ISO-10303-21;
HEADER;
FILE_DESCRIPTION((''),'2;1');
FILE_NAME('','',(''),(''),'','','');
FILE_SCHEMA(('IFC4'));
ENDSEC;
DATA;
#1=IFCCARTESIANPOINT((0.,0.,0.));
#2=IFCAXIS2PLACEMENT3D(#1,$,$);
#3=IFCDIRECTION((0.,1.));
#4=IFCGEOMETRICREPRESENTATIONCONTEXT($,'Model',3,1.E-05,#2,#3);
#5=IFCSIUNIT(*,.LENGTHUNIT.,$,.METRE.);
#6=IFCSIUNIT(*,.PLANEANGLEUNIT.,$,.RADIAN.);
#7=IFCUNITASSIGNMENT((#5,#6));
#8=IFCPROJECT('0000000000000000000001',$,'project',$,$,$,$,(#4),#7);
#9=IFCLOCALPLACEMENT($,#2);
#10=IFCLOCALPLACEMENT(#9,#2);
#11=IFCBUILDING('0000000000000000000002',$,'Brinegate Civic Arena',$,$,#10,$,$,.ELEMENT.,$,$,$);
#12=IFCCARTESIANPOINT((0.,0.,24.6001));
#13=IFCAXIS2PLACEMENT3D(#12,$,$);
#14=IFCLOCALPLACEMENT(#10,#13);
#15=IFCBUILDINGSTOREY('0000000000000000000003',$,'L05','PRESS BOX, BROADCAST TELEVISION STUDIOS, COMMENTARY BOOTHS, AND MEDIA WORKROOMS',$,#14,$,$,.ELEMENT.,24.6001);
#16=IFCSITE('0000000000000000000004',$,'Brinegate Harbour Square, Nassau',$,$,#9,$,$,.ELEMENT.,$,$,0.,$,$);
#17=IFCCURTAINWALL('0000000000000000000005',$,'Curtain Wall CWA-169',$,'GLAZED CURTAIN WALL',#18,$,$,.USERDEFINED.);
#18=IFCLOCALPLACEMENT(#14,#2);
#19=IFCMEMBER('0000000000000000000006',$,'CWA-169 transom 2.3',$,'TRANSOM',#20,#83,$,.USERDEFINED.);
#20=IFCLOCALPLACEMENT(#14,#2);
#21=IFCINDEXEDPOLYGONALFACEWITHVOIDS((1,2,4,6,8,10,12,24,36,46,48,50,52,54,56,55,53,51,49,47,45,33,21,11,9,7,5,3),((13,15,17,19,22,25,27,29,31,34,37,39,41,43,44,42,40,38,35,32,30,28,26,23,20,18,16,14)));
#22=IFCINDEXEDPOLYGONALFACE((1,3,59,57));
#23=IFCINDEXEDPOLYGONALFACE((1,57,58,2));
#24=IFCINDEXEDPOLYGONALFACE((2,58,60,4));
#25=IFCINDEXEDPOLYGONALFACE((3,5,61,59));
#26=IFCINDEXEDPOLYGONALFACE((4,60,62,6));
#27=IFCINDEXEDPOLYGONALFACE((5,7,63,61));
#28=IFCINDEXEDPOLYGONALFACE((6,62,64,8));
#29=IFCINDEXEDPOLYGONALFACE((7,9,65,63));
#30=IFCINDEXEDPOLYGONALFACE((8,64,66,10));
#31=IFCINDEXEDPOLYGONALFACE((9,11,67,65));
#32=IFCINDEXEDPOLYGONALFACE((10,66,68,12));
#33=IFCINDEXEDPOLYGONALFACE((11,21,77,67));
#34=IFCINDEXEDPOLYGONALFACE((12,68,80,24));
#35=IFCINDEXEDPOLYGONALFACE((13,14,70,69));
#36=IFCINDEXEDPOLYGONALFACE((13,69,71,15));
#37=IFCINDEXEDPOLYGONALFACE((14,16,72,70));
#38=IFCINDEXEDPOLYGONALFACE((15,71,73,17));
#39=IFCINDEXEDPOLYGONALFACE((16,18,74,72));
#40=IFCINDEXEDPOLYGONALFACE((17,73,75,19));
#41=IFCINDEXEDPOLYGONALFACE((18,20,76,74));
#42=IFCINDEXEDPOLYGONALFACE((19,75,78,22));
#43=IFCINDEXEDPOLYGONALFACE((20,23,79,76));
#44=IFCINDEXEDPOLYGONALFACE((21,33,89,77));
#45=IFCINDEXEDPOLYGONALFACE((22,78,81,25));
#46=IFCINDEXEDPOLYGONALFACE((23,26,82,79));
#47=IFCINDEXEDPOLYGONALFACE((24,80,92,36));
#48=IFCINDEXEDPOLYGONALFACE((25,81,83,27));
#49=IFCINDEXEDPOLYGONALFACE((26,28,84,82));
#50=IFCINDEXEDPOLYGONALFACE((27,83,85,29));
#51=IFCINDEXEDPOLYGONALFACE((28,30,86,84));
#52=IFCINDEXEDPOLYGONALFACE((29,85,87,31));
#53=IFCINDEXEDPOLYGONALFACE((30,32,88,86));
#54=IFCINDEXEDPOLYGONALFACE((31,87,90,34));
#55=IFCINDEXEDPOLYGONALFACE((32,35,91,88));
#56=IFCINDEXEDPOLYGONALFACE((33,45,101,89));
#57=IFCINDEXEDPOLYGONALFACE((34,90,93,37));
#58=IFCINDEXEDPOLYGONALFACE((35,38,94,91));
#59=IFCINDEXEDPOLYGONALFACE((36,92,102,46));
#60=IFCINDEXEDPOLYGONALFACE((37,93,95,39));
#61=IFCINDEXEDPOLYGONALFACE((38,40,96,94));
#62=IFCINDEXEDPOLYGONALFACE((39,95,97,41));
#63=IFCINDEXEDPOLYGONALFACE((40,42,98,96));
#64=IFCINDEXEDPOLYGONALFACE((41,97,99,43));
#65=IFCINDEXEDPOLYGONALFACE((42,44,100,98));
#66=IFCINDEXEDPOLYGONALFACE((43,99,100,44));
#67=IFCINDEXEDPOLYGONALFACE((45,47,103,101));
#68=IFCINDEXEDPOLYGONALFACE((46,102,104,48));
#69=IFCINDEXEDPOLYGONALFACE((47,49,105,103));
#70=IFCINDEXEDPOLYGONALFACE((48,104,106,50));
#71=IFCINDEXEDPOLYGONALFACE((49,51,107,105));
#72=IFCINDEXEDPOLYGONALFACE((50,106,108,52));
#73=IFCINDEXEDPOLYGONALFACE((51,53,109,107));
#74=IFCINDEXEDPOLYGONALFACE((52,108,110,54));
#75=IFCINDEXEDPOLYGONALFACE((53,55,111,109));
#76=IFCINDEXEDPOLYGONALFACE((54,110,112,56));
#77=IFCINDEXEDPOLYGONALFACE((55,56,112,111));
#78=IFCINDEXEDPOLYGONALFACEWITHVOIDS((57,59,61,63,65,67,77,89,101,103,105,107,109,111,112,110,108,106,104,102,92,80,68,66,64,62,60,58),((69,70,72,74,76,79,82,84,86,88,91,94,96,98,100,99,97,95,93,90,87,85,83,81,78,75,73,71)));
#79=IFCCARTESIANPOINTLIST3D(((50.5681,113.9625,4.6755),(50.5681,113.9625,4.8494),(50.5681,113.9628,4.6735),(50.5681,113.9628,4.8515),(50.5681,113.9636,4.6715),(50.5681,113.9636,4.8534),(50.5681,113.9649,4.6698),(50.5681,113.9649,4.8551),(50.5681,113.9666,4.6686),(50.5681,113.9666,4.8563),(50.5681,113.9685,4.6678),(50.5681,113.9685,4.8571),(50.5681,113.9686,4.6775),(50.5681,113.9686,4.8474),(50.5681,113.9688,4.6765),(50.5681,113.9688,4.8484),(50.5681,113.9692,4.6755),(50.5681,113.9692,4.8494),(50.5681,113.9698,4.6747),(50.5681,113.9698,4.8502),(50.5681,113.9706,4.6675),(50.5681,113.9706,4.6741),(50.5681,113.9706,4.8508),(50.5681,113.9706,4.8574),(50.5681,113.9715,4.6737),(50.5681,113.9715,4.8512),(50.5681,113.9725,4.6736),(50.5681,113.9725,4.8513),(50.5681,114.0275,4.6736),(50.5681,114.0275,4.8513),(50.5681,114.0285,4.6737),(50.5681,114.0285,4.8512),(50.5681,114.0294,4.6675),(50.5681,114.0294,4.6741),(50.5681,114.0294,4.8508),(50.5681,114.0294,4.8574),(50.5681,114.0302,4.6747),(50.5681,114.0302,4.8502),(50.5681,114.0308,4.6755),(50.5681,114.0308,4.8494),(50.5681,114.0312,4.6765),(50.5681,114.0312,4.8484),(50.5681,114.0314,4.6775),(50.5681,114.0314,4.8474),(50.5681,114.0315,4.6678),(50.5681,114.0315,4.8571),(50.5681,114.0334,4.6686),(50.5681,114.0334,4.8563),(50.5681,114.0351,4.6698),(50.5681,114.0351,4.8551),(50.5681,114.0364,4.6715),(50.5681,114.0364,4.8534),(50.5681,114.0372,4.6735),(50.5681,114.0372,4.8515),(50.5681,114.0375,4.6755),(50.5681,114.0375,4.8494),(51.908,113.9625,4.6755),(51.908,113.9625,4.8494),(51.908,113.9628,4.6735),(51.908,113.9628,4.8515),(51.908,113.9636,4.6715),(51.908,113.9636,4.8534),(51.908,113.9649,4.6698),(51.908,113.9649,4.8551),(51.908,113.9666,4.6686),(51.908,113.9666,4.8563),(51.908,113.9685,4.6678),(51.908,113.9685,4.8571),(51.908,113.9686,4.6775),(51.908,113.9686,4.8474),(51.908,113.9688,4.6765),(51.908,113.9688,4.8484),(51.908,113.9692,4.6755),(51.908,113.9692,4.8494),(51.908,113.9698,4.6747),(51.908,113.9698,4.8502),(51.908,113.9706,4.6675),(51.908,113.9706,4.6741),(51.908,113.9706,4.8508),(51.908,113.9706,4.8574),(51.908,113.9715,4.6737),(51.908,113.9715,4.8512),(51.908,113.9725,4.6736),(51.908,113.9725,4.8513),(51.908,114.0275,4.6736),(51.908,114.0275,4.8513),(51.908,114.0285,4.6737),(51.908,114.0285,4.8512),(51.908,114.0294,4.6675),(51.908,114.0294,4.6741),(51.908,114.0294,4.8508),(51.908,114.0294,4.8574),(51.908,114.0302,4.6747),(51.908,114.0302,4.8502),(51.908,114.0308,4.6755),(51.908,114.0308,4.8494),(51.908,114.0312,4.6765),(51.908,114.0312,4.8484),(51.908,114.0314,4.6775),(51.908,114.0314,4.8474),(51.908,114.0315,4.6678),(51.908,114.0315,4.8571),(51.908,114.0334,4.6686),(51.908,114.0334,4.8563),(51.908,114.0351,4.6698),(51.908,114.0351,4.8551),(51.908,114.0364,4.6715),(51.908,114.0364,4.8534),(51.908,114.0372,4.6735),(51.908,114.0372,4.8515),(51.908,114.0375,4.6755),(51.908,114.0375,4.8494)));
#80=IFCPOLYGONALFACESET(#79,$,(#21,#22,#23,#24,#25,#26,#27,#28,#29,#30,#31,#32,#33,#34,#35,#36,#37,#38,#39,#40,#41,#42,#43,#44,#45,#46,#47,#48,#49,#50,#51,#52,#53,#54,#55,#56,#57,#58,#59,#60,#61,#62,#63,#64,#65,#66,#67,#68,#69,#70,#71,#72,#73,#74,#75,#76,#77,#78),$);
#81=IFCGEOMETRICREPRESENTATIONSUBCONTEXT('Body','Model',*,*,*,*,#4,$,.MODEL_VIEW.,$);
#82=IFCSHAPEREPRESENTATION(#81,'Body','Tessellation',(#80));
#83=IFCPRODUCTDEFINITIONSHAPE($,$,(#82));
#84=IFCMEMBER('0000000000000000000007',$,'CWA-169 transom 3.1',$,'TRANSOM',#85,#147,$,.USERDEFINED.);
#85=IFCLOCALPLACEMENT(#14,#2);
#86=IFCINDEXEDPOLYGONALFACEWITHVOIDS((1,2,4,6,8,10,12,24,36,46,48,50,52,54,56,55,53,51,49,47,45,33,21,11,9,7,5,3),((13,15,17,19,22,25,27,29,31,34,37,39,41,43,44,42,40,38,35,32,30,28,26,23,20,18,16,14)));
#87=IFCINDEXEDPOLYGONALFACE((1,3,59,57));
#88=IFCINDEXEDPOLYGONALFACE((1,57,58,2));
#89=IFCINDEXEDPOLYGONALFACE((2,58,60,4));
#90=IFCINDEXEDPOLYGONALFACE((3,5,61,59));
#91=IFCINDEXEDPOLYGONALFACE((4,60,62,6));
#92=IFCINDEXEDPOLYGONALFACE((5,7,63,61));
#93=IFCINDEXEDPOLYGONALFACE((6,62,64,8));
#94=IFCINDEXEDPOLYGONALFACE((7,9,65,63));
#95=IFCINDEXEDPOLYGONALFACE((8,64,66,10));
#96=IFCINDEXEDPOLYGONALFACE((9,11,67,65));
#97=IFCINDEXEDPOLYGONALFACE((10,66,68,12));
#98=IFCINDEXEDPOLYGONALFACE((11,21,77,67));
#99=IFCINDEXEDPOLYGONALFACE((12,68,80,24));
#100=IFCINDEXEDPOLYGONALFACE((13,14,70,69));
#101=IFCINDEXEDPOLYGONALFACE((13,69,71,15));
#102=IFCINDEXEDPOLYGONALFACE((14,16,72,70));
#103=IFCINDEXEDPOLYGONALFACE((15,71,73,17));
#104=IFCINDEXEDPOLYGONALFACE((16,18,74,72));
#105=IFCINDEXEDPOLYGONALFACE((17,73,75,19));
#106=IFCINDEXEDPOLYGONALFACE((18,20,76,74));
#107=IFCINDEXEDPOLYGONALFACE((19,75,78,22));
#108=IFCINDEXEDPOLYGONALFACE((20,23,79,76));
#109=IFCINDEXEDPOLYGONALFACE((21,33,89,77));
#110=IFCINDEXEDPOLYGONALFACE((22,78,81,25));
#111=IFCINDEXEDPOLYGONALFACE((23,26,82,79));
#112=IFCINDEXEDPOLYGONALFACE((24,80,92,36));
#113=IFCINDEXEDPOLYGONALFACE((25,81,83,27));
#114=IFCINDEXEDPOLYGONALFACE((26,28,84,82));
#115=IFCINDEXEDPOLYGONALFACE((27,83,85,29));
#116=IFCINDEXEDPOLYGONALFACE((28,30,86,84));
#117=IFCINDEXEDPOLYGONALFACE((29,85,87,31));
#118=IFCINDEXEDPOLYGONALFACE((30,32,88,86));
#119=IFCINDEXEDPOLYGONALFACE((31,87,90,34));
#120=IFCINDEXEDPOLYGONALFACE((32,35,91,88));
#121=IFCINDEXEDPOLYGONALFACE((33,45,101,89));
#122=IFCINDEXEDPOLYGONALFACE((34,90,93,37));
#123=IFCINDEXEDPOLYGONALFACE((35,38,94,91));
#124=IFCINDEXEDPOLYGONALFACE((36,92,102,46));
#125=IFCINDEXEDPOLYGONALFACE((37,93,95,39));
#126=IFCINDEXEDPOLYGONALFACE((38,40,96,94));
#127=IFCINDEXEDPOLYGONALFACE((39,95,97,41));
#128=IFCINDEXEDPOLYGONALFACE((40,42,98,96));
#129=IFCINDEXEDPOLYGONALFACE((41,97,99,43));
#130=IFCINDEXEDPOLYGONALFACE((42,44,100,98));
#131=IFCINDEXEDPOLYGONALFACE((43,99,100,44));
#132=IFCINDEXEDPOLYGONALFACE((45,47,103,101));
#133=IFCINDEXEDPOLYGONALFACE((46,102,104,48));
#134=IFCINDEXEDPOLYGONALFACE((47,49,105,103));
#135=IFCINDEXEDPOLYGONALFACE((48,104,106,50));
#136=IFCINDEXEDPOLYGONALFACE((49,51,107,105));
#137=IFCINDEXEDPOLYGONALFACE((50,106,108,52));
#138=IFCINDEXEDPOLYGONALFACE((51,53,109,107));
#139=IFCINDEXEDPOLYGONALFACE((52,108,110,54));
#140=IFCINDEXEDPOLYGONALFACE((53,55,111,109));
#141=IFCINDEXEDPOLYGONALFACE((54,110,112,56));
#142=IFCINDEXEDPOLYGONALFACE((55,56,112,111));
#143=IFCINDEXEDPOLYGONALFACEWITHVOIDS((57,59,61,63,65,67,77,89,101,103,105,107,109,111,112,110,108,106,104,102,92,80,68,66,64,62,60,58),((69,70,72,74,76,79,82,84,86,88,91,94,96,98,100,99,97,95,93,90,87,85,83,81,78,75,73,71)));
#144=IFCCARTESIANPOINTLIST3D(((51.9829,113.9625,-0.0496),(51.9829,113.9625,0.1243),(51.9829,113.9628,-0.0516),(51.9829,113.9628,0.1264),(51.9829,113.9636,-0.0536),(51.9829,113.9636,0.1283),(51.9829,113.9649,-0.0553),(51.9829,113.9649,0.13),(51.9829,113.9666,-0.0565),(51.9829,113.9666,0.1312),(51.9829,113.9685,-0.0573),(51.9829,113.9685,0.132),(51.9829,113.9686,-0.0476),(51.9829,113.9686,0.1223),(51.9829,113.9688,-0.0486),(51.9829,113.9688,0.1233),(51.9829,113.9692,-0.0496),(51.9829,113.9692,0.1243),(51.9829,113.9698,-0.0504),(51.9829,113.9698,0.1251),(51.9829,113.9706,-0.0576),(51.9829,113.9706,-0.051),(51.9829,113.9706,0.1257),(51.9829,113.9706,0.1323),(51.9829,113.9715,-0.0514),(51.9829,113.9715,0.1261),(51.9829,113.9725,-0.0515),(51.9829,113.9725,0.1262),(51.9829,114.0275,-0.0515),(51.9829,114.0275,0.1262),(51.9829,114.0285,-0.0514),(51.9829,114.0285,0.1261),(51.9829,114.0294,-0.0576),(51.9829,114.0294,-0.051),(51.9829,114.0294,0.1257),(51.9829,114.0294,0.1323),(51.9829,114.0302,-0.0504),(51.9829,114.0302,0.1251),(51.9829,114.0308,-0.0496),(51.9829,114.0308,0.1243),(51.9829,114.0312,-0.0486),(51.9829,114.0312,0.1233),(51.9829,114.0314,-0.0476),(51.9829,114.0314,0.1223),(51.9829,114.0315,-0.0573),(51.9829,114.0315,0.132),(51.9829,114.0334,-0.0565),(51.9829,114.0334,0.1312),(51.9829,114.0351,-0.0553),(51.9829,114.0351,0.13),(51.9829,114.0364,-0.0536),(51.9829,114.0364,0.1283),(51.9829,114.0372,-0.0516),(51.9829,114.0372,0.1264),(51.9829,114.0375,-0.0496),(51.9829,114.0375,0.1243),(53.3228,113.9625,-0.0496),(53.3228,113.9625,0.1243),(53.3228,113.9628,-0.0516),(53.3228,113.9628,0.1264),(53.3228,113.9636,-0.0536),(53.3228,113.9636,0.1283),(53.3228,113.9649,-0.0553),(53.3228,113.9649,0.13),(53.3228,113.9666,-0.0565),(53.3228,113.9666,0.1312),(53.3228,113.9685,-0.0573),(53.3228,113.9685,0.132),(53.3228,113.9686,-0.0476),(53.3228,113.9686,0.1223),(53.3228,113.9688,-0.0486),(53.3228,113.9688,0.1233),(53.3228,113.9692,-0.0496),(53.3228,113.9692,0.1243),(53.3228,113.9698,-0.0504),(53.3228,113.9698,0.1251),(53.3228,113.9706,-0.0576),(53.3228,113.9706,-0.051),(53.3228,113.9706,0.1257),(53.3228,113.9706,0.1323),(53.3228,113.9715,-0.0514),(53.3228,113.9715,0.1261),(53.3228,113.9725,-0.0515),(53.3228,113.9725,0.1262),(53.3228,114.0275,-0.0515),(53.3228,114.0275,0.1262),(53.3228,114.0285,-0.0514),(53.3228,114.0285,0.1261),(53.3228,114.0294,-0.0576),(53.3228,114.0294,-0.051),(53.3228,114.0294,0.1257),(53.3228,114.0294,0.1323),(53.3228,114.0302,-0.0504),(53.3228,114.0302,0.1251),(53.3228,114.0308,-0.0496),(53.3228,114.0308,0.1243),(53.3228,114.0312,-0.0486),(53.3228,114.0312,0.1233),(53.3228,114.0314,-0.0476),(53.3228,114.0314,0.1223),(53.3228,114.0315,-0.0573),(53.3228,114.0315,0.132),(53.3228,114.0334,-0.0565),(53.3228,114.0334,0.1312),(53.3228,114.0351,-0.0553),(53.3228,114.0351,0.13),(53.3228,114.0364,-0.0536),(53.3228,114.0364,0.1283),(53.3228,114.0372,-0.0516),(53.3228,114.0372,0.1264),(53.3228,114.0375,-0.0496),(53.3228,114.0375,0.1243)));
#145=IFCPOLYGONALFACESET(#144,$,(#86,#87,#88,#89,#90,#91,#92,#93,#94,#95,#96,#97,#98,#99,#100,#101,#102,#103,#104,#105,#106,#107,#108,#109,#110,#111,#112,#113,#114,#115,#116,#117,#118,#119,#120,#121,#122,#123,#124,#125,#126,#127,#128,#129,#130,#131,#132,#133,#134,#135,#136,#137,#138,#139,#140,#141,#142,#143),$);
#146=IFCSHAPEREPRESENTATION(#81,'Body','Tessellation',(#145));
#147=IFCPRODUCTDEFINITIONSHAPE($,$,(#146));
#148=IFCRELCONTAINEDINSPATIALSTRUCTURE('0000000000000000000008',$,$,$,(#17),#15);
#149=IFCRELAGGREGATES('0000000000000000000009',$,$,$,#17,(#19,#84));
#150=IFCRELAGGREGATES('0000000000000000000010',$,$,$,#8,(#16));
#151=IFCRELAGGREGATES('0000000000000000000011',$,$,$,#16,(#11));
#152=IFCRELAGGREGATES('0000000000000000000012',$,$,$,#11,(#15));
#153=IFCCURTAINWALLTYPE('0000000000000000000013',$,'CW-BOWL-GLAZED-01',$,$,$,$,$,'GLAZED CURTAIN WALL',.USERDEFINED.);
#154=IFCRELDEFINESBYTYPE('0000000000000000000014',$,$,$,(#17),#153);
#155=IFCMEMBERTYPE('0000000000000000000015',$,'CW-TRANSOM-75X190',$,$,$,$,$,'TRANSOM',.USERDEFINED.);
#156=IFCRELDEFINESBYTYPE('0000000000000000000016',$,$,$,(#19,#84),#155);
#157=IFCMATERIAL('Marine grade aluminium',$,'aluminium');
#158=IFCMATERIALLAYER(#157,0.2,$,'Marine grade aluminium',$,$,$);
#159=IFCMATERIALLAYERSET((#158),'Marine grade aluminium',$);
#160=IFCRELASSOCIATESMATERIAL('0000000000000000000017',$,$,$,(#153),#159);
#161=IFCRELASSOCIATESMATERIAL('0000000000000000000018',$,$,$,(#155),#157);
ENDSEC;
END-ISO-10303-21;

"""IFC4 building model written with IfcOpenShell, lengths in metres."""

from ifc_helpers import new_model, si_unit, direction, frame, origin, origin_2d, place, context, subcontext, project, spatial, hollow_rectangle, extrude, material, layer, layer_set, material_profile, profile_set, type_object, element, aggregate, save


model = new_model("IFC4")

# Units and contexts
model_context = context("Model", 3, precision=1e-05, world=origin(), true_north=direction((0.0, 1.0)))
body_context = subcontext(model_context, "Body", "Model", "MODEL_VIEW")
ifc_project = project(units=[si_unit("LENGTHUNIT", "METRE"), si_unit("PLANEANGLEUNIT", "RADIAN")], contexts=[model_context])

# Site, building, storey
site_placement = place(None, origin())
site = spatial("IfcSite", under=ifc_project, at=site_placement, Name="Brinegate Harbour Square, Nassau", CompositionType="ELEMENT", RefElevation=0.0)
building_placement = place(site_placement, origin())
building = spatial("IfcBuilding", under=site, at=building_placement, Name="Brinegate Civic Arena", CompositionType="ELEMENT")
storey_placement = place(building_placement, frame((0.0, 0.0, 24.6001)))
storey = spatial("IfcBuildingStorey", under=building, at=storey_placement, Name="L05", Description="PRESS BOX, BROADCAST TELEVISION STUDIOS, COMMENTARY BOOTHS, AND MEDIA WORKROOMS", CompositionType="ELEMENT", Elevation=24.6001)

# Curtain wall
ifc_material_1 = material(Name="Marine grade aluminium", Category="aluminium")
ifc_layer_1 = layer(ifc_material_1, 0.2, Name="Marine grade aluminium")
ifc_layer_set_1 = layer_set([ifc_layer_1], Name="Marine grade aluminium")
curtain_wall_type = type_object("IfcCurtainWallType", Name="CW-BOWL-GLAZED-01", ElementType="GLAZED CURTAIN WALL", PredefinedType="USERDEFINED", material=ifc_layer_set_1)
curtain_wall_1_placement = place(storey_placement, origin())
curtain_wall_1 = element("IfcCurtainWall", 1, at=curtain_wall_1_placement, inside=storey, type_object=curtain_wall_type, Name="Curtain Wall CWA-169", ObjectType="GLAZED CURTAIN WALL", PredefinedType="USERDEFINED")

# Members
ifc_material_profile_1 = material_profile(ifc_material_1, hollow_rectangle(XDim=0.075, YDim=0.1899, WallThickness=0.0061, InnerFilletRadius=0.0039, OuterFilletRadius=0.0081, at=origin_2d()), Name="TRN75X190")
ifc_profile_set_1 = profile_set([ifc_material_profile_1], Name="Marine grade aluminium")
member_type_1 = type_object("IfcMemberType", Name="CW-TRANSOM-75X190", ElementType="TRANSOM", PredefinedType="USERDEFINED", material=ifc_profile_set_1)
member_1_placement = place(storey_placement, frame((50.5681, 114.0, 4.7625), z_axis=(1.0, 0.0, 0.0), x_axis=(0.0, 1.0, 0.0)))
member_1 = element("IfcMember", 2, at=member_1_placement, type_object=member_type_1, Name="CWA-169 transom 2.3", ObjectType="TRANSOM", PredefinedType="USERDEFINED", context=body_context, shape_type="SweptSolid", body=[
    extrude(hollow_rectangle(XDim=0.075, YDim=0.1899, WallThickness=0.0061, InnerFilletRadius=0.0039, OuterFilletRadius=0.0081, at=origin_2d()), origin(), (0.0, 0.0, 1.0), 1.3398),
])
member_2_placement = place(storey_placement, frame((51.9829, 114.0, 0.0374), z_axis=(1.0, 0.0, 0.0), x_axis=(0.0, 1.0, 0.0)))
member_2 = element("IfcMember", 3, at=member_2_placement, type_object=member_type_1, Name="CWA-169 transom 3.1", ObjectType="TRANSOM", PredefinedType="USERDEFINED", context=body_context, shape_type="SweptSolid", body=[
    extrude(hollow_rectangle(XDim=0.075, YDim=0.1899, WallThickness=0.0061, InnerFilletRadius=0.0039, OuterFilletRadius=0.0081, at=origin_2d()), origin(), (0.0, 0.0, 1.0), 1.3398),
])

aggregate(curtain_wall_1, [member_1, member_2])

save(model, "model.ifc")
